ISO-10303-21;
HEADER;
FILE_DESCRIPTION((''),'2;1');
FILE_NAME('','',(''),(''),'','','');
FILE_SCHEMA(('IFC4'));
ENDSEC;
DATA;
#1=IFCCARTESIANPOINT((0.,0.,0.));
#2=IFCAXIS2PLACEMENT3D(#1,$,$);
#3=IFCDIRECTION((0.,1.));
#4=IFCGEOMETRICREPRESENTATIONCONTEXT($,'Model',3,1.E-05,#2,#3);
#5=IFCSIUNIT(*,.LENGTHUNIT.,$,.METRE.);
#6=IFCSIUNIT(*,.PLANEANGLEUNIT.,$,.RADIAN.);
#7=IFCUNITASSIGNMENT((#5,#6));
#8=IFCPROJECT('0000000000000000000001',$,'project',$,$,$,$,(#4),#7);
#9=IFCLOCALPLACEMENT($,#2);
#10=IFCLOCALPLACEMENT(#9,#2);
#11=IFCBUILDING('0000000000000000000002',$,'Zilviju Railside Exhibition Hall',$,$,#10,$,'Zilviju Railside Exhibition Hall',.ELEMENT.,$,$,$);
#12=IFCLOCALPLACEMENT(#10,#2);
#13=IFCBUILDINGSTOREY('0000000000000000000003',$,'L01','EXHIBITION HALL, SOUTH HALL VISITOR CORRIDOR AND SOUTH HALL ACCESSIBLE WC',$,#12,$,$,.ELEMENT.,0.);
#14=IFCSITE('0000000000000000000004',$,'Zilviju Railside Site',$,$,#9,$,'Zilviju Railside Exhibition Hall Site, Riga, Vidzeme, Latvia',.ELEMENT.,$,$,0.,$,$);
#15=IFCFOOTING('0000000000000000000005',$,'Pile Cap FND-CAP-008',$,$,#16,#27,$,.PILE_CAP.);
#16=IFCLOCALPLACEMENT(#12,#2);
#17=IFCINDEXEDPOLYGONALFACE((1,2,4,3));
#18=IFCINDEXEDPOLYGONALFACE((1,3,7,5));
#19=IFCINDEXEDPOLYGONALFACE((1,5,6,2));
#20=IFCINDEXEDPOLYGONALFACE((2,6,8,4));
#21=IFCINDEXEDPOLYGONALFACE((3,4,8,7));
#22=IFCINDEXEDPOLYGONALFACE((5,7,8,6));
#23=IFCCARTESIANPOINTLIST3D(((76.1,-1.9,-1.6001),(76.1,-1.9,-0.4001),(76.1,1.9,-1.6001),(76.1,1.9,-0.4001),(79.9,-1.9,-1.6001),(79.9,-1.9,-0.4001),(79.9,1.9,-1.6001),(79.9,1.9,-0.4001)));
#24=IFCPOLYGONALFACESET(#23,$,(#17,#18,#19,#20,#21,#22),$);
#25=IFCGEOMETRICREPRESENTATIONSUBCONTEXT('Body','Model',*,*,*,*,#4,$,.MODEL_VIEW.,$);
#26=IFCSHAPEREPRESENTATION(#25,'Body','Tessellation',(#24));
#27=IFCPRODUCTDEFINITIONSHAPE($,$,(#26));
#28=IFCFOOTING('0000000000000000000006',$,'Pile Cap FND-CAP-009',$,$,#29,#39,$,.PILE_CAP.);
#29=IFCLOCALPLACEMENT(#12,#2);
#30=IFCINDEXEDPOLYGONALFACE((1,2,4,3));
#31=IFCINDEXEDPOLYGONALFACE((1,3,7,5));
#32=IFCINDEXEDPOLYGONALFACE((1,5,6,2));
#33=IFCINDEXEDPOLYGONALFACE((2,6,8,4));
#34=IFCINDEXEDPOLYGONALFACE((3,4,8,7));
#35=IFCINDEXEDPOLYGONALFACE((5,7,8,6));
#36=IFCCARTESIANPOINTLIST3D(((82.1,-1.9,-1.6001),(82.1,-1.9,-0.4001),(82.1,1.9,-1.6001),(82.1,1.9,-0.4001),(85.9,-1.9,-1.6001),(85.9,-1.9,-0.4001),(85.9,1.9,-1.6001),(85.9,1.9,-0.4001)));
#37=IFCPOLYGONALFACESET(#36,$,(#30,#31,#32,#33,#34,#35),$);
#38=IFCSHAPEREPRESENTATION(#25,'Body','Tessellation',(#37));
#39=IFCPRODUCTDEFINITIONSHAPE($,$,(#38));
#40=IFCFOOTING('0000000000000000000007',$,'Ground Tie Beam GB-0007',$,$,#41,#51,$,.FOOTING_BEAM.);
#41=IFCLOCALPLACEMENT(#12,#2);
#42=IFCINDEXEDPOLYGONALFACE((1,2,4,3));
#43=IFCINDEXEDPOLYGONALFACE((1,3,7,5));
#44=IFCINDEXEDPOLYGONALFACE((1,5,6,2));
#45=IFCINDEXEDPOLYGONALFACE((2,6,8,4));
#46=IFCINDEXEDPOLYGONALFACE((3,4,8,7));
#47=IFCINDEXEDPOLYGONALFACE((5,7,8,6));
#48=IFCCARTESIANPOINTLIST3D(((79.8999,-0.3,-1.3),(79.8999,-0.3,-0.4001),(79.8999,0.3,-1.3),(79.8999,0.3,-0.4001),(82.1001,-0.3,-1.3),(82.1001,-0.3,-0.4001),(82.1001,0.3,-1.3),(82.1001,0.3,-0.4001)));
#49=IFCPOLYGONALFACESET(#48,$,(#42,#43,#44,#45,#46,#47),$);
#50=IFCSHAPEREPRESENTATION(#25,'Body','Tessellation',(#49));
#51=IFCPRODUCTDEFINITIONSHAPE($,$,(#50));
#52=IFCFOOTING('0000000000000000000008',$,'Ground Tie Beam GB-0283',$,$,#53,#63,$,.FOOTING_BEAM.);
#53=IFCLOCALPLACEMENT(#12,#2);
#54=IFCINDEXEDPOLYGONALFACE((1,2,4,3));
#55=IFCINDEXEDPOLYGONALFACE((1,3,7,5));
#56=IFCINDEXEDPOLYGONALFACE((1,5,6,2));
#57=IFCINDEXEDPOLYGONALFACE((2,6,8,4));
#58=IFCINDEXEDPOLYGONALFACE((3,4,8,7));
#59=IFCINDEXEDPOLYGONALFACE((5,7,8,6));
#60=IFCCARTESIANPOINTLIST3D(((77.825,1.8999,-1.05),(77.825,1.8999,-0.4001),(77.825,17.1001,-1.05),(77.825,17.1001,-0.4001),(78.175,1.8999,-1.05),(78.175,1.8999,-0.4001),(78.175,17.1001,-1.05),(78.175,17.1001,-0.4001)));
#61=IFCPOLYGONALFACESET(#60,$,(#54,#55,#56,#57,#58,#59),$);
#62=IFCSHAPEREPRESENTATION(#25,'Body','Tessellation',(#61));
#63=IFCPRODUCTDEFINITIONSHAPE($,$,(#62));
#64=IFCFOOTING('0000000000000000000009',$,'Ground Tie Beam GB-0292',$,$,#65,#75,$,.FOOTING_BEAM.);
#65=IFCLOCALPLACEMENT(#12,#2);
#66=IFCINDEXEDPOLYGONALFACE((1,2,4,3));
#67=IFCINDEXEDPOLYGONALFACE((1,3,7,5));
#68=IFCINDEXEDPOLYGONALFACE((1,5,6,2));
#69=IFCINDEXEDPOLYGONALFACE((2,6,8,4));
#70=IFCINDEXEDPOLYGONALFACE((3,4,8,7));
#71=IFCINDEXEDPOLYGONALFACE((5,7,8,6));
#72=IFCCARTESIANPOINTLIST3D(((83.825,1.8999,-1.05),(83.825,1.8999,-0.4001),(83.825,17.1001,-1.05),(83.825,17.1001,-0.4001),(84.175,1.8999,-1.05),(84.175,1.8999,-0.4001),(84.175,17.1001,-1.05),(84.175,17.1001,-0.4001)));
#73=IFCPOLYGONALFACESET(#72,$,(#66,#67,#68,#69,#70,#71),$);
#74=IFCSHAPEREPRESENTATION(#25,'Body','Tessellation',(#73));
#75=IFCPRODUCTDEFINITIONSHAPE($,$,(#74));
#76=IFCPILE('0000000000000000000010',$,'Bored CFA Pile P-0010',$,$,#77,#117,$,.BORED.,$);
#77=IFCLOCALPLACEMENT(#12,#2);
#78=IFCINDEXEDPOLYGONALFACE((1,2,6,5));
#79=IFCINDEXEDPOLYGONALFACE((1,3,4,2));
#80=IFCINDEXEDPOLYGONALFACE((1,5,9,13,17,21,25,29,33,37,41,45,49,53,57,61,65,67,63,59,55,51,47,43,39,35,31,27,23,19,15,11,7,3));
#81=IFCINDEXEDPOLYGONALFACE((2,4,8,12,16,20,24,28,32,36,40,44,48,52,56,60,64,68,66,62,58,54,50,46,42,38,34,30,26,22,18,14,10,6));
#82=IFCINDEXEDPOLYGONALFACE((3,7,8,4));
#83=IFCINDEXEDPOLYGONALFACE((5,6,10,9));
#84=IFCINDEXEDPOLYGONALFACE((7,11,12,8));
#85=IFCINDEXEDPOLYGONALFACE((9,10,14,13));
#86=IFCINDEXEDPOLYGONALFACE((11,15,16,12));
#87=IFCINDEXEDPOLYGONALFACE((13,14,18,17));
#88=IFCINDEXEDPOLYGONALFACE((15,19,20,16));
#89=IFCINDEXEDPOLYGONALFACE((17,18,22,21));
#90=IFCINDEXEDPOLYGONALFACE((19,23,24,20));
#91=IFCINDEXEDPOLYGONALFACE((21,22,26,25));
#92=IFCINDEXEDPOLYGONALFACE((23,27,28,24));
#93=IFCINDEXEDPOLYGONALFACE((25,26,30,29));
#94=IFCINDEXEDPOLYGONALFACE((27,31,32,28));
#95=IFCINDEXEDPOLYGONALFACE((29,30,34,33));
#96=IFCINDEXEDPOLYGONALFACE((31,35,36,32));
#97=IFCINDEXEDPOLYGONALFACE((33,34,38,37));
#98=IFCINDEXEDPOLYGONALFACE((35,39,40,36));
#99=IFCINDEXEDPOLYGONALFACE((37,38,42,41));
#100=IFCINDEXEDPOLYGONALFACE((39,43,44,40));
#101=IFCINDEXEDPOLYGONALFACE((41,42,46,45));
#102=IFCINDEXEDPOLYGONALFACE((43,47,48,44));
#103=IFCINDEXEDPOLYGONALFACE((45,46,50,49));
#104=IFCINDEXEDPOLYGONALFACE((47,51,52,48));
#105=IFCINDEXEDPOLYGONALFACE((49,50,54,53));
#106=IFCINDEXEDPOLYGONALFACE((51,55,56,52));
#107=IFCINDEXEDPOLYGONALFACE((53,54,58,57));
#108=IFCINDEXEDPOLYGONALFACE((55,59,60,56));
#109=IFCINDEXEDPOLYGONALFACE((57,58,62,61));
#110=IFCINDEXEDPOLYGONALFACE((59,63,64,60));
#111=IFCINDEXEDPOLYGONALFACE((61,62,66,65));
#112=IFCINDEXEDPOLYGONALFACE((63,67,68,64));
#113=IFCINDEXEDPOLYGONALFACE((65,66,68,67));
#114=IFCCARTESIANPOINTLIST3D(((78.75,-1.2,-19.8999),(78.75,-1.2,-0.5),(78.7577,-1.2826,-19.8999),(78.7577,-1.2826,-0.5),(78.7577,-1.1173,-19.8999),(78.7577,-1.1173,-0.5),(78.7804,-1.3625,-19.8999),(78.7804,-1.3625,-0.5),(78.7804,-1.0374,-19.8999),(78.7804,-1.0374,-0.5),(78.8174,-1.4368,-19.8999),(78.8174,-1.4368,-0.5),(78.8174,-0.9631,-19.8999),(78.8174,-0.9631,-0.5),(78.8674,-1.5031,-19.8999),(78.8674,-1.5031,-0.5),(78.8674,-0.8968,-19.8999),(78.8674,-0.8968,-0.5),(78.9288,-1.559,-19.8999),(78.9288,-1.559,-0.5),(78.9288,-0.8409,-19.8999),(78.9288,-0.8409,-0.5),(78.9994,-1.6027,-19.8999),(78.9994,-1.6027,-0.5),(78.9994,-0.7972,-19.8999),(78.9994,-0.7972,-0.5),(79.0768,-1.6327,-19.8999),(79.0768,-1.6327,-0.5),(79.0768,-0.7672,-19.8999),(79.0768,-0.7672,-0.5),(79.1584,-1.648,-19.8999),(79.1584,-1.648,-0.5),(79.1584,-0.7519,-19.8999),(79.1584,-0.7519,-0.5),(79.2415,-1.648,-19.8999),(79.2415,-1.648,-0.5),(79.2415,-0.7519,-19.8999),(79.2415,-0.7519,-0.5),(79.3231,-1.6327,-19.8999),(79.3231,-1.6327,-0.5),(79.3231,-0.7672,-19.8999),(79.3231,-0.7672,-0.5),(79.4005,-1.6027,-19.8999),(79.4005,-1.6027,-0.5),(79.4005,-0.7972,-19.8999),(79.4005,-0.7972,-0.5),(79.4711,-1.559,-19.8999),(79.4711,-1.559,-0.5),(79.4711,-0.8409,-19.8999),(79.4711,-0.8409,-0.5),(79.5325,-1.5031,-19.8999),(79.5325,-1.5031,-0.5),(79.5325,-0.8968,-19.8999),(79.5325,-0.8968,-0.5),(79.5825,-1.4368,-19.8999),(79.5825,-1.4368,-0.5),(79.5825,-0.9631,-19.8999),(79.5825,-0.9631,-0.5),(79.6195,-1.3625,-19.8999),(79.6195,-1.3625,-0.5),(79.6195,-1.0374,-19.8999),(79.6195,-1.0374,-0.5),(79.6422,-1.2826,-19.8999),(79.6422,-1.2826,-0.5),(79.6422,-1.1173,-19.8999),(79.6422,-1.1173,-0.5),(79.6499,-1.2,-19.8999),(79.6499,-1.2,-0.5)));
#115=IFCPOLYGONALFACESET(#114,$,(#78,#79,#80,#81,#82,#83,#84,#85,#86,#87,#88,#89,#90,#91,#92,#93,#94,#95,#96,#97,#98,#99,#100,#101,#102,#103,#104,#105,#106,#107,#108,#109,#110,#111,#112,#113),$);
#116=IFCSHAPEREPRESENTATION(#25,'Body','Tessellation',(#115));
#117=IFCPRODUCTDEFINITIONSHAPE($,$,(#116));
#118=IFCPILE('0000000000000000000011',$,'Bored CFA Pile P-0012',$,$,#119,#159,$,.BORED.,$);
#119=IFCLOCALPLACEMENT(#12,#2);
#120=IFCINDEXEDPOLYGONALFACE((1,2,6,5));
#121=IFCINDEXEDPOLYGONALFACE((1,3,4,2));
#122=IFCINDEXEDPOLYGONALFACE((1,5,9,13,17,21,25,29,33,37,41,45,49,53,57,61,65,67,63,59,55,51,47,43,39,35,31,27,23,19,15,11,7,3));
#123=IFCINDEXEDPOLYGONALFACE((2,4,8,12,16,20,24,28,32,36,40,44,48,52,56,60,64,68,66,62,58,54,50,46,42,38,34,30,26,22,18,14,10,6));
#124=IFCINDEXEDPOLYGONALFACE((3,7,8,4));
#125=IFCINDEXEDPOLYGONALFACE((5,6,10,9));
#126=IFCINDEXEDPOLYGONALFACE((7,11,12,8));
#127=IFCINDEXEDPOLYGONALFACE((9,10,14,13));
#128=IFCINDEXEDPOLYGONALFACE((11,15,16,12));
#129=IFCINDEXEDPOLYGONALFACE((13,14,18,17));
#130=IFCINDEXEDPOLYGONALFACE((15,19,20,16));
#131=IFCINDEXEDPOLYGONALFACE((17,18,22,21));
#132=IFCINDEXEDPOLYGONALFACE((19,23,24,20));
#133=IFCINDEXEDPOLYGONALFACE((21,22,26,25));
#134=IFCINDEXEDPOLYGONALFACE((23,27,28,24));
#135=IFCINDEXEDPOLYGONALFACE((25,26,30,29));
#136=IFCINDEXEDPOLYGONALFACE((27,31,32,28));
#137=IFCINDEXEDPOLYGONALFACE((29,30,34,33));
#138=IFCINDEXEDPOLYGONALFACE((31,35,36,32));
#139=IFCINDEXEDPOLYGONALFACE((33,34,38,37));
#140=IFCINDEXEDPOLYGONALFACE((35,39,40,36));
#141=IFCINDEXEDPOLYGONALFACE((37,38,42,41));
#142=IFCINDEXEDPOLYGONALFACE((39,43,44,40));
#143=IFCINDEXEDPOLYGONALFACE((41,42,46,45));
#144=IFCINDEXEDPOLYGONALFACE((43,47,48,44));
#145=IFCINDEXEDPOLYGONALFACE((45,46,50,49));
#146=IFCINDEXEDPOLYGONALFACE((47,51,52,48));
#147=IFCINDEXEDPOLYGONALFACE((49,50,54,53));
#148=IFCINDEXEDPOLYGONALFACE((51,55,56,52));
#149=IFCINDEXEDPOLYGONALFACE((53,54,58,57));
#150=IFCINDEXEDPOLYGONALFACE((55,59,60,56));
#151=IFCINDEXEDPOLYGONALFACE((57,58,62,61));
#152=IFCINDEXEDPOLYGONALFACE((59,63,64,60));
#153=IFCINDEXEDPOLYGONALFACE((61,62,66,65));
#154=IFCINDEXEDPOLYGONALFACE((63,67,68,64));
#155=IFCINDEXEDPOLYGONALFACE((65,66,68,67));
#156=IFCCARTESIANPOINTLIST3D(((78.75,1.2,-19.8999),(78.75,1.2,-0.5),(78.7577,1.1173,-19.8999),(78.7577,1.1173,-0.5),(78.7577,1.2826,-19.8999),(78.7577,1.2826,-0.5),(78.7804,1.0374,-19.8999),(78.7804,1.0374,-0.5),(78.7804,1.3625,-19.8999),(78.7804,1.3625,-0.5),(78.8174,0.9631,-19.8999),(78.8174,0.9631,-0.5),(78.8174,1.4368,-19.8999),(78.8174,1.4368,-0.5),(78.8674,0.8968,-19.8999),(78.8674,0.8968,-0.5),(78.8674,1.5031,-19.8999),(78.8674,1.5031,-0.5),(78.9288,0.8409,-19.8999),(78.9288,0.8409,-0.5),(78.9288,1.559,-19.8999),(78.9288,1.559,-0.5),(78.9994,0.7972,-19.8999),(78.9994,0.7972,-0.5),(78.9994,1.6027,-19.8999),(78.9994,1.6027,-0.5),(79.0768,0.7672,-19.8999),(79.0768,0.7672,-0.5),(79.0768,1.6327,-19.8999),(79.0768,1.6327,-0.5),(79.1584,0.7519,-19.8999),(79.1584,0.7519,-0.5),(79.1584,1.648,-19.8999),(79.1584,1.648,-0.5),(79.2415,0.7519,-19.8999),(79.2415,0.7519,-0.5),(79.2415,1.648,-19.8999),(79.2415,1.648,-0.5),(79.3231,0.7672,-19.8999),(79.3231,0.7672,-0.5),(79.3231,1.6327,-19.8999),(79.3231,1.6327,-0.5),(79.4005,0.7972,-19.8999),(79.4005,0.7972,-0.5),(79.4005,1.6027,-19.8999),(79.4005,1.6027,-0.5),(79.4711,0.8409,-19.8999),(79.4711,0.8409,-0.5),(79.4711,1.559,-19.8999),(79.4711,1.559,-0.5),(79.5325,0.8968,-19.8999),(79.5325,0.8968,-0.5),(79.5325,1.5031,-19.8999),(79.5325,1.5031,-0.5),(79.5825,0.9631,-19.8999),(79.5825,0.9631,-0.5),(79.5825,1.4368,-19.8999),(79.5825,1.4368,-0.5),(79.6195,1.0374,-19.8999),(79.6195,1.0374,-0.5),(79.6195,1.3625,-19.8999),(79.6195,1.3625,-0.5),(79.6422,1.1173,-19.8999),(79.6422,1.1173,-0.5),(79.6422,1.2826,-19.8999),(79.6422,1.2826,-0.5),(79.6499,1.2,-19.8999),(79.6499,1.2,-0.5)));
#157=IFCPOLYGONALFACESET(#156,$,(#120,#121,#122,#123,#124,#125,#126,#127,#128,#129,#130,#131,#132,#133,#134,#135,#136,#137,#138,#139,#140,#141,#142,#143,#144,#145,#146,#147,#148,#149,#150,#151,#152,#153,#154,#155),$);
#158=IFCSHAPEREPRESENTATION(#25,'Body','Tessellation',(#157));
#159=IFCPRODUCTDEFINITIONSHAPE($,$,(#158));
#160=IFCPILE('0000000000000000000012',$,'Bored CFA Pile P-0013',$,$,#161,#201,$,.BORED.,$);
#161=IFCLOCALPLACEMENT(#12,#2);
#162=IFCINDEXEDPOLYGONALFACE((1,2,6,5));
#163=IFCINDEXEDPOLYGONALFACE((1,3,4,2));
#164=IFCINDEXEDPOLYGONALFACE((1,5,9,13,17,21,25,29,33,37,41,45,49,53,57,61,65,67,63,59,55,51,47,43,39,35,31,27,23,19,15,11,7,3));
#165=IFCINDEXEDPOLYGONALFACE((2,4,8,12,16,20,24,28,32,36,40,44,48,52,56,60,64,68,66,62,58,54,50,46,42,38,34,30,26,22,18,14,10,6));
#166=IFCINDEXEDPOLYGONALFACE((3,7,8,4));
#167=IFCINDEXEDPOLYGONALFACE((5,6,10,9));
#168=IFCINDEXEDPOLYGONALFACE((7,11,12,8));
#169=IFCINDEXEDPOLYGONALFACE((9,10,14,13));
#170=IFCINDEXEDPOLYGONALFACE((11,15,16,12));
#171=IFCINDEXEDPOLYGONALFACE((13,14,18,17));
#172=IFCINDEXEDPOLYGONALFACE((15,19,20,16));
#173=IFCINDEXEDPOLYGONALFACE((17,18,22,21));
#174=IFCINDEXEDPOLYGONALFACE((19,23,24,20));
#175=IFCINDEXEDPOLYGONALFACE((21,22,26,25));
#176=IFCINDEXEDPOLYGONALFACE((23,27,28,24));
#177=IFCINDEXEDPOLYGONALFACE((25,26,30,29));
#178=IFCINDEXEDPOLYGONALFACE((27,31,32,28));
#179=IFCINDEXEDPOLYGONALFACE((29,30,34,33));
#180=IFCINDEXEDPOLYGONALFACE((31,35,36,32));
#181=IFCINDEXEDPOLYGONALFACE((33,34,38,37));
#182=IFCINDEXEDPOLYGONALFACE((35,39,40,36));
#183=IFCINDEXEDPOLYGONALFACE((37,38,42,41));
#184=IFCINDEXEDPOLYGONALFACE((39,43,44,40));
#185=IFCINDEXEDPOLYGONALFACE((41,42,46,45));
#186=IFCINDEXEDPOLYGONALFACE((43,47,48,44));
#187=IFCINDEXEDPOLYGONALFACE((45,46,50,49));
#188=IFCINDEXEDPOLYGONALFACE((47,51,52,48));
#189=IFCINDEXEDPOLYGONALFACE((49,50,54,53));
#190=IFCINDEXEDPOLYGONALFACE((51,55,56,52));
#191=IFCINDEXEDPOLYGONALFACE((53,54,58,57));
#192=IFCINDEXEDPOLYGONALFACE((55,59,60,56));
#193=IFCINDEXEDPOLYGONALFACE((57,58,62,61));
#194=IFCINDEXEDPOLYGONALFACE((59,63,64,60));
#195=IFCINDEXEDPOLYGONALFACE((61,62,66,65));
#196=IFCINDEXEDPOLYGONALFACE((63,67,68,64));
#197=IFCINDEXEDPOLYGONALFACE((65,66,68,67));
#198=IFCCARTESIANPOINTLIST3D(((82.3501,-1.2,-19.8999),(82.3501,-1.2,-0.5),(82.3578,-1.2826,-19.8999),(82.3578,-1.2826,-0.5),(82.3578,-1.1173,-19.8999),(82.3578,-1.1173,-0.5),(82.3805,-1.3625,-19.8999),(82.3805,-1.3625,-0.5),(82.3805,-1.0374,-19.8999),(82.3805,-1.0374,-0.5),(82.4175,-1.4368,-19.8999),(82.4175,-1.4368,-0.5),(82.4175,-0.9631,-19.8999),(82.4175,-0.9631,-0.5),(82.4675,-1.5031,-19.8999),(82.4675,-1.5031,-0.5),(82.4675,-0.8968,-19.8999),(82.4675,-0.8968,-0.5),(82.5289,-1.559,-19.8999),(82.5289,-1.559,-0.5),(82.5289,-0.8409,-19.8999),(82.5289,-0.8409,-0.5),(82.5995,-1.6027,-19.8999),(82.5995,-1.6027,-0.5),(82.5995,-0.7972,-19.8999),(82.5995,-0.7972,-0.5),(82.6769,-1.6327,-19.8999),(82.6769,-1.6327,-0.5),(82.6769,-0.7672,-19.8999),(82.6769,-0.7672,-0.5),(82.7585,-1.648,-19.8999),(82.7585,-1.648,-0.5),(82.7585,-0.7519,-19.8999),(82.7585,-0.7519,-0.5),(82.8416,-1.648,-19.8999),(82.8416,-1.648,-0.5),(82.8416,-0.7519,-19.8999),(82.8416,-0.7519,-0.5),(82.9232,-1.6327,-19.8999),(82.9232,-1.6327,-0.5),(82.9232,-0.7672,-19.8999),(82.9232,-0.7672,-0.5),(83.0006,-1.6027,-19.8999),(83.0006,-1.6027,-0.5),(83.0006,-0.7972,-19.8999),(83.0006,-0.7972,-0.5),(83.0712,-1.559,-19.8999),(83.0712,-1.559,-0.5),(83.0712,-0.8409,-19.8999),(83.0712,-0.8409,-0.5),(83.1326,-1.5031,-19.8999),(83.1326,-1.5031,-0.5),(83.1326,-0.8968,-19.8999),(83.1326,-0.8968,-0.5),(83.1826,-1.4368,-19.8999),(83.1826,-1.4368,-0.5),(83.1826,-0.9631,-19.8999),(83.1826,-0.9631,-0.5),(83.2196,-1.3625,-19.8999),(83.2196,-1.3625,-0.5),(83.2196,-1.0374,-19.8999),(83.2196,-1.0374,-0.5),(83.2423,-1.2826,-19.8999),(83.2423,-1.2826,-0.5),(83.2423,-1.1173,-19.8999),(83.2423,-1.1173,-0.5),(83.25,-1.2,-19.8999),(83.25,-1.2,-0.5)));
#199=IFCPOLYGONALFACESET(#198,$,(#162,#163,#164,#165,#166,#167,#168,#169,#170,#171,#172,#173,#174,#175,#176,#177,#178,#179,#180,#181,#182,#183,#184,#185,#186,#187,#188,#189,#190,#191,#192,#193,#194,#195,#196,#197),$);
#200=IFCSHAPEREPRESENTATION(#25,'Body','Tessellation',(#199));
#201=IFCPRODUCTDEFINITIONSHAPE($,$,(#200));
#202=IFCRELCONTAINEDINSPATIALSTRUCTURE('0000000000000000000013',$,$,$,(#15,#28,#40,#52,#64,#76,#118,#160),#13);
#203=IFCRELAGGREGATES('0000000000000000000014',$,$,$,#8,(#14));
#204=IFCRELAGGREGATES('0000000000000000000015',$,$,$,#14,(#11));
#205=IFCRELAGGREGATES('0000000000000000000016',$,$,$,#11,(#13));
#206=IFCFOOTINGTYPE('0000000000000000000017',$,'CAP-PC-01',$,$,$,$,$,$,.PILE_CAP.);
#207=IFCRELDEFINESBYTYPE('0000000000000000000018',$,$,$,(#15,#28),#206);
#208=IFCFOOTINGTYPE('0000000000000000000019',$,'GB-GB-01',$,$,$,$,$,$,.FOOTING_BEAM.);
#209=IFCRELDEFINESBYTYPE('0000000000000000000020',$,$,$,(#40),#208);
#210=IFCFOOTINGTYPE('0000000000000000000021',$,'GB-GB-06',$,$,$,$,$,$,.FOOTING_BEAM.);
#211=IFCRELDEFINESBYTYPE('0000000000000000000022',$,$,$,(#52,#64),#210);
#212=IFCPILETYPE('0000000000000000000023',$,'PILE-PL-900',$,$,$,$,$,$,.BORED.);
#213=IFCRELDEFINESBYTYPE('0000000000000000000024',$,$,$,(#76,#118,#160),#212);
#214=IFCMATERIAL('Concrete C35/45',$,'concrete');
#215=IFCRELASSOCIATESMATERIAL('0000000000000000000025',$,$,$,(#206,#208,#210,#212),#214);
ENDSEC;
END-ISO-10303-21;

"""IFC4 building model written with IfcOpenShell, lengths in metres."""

from ifc_helpers import new_model, si_unit, direction, frame, origin, origin_2d, place, context, subcontext, project, spatial, rectangle, circle, extrude, material, material_profile, profile_set, type_object, element, save


model = new_model("IFC4")

# Units and contexts
model_context = context("Model", 3, precision=1e-05, world=origin(), true_north=direction((0.0, 1.0)))
body_context = subcontext(model_context, "Body", "Model", "MODEL_VIEW")
ifc_project = project(units=[si_unit("LENGTHUNIT", "METRE"), si_unit("PLANEANGLEUNIT", "RADIAN")], contexts=[model_context])

# Site, building, storey
site_placement = place(None, origin())
site = spatial("IfcSite", under=ifc_project, at=site_placement, Name="Zilviju Railside Site", LongName="Zilviju Railside Exhibition Hall Site, Riga, Vidzeme, Latvia", CompositionType="ELEMENT", RefElevation=0.0)
building_placement = place(site_placement, origin())
building = spatial("IfcBuilding", under=site, at=building_placement, Name="Zilviju Railside Exhibition Hall", LongName="Zilviju Railside Exhibition Hall", CompositionType="ELEMENT")
storey_placement = place(building_placement, origin())
storey = spatial("IfcBuildingStorey", under=building, at=storey_placement, Name="L01", Description="EXHIBITION HALL, SOUTH HALL VISITOR CORRIDOR AND SOUTH HALL ACCESSIBLE WC", CompositionType="ELEMENT", Elevation=0.0)

# Footings
ifc_material_1 = material(Name="Concrete C35/45", Category="concrete")
footing_type_1 = type_object("IfcFootingType", Name="CAP-PC-01", PredefinedType="PILE_CAP", material=ifc_material_1)
for number, where, z_axis, x_axis, name in (
    (1, (78.0, 0.0, -1.6001), (0.0, 0.0, 1.0), (1.0, 0.0, 0.0), "Pile Cap FND-CAP-008"),
    (2, (84.0, 0.0, -1.6001), (0.0, 0.0, 1.0), (1.0, 0.0, 0.0), "Pile Cap FND-CAP-009"),
):
    element("IfcFooting", number, at=place(storey_placement, frame(where, z_axis=z_axis, x_axis=x_axis)), inside=storey, type_object=footing_type_1, Name=name, PredefinedType="PILE_CAP", context=body_context, shape_type="SweptSolid", body=[
        extrude(rectangle(XDim=3.8, YDim=3.8, at=origin_2d()), origin(), (0.0, 0.0, 1.0), 1.2),
    ])
ifc_material_profile_1 = material_profile(ifc_material_1, rectangle(XDim=0.6001, YDim=0.8999, at=origin_2d()), Name="TIE BEAM 600x900")
ifc_profile_set_1 = profile_set([ifc_material_profile_1], Name="Concrete C35/45")
footing_type_2 = type_object("IfcFootingType", Name="GB-GB-01", PredefinedType="FOOTING_BEAM", material=ifc_profile_set_1)
footing_placement = place(storey_placement, frame((79.8999, 0.0, -0.8501), z_axis=(1.0, 0.0, 0.0), x_axis=(0.0, 1.0, 0.0)))
element("IfcFooting", 3, at=footing_placement, inside=storey, type_object=footing_type_2, Name="Ground Tie Beam GB-0007", PredefinedType="FOOTING_BEAM", context=body_context, shape_type="SweptSolid", body=[
    extrude(rectangle(XDim=0.6001, YDim=0.8999, at=origin_2d()), origin(), (0.0, 0.0, 1.0), 2.2002),
])
ifc_material_profile_2 = material_profile(ifc_material_1, rectangle(XDim=0.3501, YDim=0.6499, at=origin_2d()), Name="TIE BEAM 350x650")
ifc_profile_set_2 = profile_set([ifc_material_profile_2], Name="Concrete C35/45")
footing_type_3 = type_object("IfcFootingType", Name="GB-GB-06", PredefinedType="FOOTING_BEAM", material=ifc_profile_set_2)
for number, where, z_axis, x_axis, name in (
    (4, (78.0, 1.8999, -0.7251), (0.0, 1.0, 0.0), (-1.0, 0.0, 0.0), "Ground Tie Beam GB-0283"),
    (5, (84.0, 1.8999, -0.7251), (0.0, 1.0, 0.0), (-1.0, 0.0, 0.0), "Ground Tie Beam GB-0292"),
):
    element("IfcFooting", number, at=place(storey_placement, frame(where, z_axis=z_axis, x_axis=x_axis)), inside=storey, type_object=footing_type_3, Name=name, PredefinedType="FOOTING_BEAM", context=body_context, shape_type="SweptSolid", body=[
        extrude(rectangle(XDim=0.3501, YDim=0.6499, at=origin_2d()), origin(), (0.0, 0.0, 1.0), 15.2002),
    ])

# Piles
ifc_material_profile_3 = material_profile(ifc_material_1, circle(Radius=0.45, at=origin_2d()), Name="CFA PILE D900")
ifc_profile_set_3 = profile_set([ifc_material_profile_3], Name="Concrete C35/45")
pile_type = type_object("IfcPileType", Name="PILE-PL-900", PredefinedType="BORED", material=ifc_profile_set_3)
for number, where, z_axis, x_axis, name in (
    (6, (79.2, -1.2, -0.5), (0.0, 0.0, -1.0), (1.0, 0.0, 0.0), "Bored CFA Pile P-0010"),
    (7, (79.2, 1.2, -0.5), (0.0, 0.0, -1.0), (1.0, 0.0, 0.0), "Bored CFA Pile P-0012"),
    (8, (82.8, -1.2, -0.5), (0.0, 0.0, -1.0), (1.0, 0.0, 0.0), "Bored CFA Pile P-0013"),
):
    element("IfcPile", number, at=place(storey_placement, frame(where, z_axis=z_axis, x_axis=x_axis)), inside=storey, type_object=pile_type, Name=name, PredefinedType="BORED", context=body_context, shape_type="SweptSolid", body=[
        extrude(circle(Radius=0.45, at=origin_2d()), origin(), (0.0, 0.0, 1.0), 19.3999),
    ])

save(model, "model.ifc")
